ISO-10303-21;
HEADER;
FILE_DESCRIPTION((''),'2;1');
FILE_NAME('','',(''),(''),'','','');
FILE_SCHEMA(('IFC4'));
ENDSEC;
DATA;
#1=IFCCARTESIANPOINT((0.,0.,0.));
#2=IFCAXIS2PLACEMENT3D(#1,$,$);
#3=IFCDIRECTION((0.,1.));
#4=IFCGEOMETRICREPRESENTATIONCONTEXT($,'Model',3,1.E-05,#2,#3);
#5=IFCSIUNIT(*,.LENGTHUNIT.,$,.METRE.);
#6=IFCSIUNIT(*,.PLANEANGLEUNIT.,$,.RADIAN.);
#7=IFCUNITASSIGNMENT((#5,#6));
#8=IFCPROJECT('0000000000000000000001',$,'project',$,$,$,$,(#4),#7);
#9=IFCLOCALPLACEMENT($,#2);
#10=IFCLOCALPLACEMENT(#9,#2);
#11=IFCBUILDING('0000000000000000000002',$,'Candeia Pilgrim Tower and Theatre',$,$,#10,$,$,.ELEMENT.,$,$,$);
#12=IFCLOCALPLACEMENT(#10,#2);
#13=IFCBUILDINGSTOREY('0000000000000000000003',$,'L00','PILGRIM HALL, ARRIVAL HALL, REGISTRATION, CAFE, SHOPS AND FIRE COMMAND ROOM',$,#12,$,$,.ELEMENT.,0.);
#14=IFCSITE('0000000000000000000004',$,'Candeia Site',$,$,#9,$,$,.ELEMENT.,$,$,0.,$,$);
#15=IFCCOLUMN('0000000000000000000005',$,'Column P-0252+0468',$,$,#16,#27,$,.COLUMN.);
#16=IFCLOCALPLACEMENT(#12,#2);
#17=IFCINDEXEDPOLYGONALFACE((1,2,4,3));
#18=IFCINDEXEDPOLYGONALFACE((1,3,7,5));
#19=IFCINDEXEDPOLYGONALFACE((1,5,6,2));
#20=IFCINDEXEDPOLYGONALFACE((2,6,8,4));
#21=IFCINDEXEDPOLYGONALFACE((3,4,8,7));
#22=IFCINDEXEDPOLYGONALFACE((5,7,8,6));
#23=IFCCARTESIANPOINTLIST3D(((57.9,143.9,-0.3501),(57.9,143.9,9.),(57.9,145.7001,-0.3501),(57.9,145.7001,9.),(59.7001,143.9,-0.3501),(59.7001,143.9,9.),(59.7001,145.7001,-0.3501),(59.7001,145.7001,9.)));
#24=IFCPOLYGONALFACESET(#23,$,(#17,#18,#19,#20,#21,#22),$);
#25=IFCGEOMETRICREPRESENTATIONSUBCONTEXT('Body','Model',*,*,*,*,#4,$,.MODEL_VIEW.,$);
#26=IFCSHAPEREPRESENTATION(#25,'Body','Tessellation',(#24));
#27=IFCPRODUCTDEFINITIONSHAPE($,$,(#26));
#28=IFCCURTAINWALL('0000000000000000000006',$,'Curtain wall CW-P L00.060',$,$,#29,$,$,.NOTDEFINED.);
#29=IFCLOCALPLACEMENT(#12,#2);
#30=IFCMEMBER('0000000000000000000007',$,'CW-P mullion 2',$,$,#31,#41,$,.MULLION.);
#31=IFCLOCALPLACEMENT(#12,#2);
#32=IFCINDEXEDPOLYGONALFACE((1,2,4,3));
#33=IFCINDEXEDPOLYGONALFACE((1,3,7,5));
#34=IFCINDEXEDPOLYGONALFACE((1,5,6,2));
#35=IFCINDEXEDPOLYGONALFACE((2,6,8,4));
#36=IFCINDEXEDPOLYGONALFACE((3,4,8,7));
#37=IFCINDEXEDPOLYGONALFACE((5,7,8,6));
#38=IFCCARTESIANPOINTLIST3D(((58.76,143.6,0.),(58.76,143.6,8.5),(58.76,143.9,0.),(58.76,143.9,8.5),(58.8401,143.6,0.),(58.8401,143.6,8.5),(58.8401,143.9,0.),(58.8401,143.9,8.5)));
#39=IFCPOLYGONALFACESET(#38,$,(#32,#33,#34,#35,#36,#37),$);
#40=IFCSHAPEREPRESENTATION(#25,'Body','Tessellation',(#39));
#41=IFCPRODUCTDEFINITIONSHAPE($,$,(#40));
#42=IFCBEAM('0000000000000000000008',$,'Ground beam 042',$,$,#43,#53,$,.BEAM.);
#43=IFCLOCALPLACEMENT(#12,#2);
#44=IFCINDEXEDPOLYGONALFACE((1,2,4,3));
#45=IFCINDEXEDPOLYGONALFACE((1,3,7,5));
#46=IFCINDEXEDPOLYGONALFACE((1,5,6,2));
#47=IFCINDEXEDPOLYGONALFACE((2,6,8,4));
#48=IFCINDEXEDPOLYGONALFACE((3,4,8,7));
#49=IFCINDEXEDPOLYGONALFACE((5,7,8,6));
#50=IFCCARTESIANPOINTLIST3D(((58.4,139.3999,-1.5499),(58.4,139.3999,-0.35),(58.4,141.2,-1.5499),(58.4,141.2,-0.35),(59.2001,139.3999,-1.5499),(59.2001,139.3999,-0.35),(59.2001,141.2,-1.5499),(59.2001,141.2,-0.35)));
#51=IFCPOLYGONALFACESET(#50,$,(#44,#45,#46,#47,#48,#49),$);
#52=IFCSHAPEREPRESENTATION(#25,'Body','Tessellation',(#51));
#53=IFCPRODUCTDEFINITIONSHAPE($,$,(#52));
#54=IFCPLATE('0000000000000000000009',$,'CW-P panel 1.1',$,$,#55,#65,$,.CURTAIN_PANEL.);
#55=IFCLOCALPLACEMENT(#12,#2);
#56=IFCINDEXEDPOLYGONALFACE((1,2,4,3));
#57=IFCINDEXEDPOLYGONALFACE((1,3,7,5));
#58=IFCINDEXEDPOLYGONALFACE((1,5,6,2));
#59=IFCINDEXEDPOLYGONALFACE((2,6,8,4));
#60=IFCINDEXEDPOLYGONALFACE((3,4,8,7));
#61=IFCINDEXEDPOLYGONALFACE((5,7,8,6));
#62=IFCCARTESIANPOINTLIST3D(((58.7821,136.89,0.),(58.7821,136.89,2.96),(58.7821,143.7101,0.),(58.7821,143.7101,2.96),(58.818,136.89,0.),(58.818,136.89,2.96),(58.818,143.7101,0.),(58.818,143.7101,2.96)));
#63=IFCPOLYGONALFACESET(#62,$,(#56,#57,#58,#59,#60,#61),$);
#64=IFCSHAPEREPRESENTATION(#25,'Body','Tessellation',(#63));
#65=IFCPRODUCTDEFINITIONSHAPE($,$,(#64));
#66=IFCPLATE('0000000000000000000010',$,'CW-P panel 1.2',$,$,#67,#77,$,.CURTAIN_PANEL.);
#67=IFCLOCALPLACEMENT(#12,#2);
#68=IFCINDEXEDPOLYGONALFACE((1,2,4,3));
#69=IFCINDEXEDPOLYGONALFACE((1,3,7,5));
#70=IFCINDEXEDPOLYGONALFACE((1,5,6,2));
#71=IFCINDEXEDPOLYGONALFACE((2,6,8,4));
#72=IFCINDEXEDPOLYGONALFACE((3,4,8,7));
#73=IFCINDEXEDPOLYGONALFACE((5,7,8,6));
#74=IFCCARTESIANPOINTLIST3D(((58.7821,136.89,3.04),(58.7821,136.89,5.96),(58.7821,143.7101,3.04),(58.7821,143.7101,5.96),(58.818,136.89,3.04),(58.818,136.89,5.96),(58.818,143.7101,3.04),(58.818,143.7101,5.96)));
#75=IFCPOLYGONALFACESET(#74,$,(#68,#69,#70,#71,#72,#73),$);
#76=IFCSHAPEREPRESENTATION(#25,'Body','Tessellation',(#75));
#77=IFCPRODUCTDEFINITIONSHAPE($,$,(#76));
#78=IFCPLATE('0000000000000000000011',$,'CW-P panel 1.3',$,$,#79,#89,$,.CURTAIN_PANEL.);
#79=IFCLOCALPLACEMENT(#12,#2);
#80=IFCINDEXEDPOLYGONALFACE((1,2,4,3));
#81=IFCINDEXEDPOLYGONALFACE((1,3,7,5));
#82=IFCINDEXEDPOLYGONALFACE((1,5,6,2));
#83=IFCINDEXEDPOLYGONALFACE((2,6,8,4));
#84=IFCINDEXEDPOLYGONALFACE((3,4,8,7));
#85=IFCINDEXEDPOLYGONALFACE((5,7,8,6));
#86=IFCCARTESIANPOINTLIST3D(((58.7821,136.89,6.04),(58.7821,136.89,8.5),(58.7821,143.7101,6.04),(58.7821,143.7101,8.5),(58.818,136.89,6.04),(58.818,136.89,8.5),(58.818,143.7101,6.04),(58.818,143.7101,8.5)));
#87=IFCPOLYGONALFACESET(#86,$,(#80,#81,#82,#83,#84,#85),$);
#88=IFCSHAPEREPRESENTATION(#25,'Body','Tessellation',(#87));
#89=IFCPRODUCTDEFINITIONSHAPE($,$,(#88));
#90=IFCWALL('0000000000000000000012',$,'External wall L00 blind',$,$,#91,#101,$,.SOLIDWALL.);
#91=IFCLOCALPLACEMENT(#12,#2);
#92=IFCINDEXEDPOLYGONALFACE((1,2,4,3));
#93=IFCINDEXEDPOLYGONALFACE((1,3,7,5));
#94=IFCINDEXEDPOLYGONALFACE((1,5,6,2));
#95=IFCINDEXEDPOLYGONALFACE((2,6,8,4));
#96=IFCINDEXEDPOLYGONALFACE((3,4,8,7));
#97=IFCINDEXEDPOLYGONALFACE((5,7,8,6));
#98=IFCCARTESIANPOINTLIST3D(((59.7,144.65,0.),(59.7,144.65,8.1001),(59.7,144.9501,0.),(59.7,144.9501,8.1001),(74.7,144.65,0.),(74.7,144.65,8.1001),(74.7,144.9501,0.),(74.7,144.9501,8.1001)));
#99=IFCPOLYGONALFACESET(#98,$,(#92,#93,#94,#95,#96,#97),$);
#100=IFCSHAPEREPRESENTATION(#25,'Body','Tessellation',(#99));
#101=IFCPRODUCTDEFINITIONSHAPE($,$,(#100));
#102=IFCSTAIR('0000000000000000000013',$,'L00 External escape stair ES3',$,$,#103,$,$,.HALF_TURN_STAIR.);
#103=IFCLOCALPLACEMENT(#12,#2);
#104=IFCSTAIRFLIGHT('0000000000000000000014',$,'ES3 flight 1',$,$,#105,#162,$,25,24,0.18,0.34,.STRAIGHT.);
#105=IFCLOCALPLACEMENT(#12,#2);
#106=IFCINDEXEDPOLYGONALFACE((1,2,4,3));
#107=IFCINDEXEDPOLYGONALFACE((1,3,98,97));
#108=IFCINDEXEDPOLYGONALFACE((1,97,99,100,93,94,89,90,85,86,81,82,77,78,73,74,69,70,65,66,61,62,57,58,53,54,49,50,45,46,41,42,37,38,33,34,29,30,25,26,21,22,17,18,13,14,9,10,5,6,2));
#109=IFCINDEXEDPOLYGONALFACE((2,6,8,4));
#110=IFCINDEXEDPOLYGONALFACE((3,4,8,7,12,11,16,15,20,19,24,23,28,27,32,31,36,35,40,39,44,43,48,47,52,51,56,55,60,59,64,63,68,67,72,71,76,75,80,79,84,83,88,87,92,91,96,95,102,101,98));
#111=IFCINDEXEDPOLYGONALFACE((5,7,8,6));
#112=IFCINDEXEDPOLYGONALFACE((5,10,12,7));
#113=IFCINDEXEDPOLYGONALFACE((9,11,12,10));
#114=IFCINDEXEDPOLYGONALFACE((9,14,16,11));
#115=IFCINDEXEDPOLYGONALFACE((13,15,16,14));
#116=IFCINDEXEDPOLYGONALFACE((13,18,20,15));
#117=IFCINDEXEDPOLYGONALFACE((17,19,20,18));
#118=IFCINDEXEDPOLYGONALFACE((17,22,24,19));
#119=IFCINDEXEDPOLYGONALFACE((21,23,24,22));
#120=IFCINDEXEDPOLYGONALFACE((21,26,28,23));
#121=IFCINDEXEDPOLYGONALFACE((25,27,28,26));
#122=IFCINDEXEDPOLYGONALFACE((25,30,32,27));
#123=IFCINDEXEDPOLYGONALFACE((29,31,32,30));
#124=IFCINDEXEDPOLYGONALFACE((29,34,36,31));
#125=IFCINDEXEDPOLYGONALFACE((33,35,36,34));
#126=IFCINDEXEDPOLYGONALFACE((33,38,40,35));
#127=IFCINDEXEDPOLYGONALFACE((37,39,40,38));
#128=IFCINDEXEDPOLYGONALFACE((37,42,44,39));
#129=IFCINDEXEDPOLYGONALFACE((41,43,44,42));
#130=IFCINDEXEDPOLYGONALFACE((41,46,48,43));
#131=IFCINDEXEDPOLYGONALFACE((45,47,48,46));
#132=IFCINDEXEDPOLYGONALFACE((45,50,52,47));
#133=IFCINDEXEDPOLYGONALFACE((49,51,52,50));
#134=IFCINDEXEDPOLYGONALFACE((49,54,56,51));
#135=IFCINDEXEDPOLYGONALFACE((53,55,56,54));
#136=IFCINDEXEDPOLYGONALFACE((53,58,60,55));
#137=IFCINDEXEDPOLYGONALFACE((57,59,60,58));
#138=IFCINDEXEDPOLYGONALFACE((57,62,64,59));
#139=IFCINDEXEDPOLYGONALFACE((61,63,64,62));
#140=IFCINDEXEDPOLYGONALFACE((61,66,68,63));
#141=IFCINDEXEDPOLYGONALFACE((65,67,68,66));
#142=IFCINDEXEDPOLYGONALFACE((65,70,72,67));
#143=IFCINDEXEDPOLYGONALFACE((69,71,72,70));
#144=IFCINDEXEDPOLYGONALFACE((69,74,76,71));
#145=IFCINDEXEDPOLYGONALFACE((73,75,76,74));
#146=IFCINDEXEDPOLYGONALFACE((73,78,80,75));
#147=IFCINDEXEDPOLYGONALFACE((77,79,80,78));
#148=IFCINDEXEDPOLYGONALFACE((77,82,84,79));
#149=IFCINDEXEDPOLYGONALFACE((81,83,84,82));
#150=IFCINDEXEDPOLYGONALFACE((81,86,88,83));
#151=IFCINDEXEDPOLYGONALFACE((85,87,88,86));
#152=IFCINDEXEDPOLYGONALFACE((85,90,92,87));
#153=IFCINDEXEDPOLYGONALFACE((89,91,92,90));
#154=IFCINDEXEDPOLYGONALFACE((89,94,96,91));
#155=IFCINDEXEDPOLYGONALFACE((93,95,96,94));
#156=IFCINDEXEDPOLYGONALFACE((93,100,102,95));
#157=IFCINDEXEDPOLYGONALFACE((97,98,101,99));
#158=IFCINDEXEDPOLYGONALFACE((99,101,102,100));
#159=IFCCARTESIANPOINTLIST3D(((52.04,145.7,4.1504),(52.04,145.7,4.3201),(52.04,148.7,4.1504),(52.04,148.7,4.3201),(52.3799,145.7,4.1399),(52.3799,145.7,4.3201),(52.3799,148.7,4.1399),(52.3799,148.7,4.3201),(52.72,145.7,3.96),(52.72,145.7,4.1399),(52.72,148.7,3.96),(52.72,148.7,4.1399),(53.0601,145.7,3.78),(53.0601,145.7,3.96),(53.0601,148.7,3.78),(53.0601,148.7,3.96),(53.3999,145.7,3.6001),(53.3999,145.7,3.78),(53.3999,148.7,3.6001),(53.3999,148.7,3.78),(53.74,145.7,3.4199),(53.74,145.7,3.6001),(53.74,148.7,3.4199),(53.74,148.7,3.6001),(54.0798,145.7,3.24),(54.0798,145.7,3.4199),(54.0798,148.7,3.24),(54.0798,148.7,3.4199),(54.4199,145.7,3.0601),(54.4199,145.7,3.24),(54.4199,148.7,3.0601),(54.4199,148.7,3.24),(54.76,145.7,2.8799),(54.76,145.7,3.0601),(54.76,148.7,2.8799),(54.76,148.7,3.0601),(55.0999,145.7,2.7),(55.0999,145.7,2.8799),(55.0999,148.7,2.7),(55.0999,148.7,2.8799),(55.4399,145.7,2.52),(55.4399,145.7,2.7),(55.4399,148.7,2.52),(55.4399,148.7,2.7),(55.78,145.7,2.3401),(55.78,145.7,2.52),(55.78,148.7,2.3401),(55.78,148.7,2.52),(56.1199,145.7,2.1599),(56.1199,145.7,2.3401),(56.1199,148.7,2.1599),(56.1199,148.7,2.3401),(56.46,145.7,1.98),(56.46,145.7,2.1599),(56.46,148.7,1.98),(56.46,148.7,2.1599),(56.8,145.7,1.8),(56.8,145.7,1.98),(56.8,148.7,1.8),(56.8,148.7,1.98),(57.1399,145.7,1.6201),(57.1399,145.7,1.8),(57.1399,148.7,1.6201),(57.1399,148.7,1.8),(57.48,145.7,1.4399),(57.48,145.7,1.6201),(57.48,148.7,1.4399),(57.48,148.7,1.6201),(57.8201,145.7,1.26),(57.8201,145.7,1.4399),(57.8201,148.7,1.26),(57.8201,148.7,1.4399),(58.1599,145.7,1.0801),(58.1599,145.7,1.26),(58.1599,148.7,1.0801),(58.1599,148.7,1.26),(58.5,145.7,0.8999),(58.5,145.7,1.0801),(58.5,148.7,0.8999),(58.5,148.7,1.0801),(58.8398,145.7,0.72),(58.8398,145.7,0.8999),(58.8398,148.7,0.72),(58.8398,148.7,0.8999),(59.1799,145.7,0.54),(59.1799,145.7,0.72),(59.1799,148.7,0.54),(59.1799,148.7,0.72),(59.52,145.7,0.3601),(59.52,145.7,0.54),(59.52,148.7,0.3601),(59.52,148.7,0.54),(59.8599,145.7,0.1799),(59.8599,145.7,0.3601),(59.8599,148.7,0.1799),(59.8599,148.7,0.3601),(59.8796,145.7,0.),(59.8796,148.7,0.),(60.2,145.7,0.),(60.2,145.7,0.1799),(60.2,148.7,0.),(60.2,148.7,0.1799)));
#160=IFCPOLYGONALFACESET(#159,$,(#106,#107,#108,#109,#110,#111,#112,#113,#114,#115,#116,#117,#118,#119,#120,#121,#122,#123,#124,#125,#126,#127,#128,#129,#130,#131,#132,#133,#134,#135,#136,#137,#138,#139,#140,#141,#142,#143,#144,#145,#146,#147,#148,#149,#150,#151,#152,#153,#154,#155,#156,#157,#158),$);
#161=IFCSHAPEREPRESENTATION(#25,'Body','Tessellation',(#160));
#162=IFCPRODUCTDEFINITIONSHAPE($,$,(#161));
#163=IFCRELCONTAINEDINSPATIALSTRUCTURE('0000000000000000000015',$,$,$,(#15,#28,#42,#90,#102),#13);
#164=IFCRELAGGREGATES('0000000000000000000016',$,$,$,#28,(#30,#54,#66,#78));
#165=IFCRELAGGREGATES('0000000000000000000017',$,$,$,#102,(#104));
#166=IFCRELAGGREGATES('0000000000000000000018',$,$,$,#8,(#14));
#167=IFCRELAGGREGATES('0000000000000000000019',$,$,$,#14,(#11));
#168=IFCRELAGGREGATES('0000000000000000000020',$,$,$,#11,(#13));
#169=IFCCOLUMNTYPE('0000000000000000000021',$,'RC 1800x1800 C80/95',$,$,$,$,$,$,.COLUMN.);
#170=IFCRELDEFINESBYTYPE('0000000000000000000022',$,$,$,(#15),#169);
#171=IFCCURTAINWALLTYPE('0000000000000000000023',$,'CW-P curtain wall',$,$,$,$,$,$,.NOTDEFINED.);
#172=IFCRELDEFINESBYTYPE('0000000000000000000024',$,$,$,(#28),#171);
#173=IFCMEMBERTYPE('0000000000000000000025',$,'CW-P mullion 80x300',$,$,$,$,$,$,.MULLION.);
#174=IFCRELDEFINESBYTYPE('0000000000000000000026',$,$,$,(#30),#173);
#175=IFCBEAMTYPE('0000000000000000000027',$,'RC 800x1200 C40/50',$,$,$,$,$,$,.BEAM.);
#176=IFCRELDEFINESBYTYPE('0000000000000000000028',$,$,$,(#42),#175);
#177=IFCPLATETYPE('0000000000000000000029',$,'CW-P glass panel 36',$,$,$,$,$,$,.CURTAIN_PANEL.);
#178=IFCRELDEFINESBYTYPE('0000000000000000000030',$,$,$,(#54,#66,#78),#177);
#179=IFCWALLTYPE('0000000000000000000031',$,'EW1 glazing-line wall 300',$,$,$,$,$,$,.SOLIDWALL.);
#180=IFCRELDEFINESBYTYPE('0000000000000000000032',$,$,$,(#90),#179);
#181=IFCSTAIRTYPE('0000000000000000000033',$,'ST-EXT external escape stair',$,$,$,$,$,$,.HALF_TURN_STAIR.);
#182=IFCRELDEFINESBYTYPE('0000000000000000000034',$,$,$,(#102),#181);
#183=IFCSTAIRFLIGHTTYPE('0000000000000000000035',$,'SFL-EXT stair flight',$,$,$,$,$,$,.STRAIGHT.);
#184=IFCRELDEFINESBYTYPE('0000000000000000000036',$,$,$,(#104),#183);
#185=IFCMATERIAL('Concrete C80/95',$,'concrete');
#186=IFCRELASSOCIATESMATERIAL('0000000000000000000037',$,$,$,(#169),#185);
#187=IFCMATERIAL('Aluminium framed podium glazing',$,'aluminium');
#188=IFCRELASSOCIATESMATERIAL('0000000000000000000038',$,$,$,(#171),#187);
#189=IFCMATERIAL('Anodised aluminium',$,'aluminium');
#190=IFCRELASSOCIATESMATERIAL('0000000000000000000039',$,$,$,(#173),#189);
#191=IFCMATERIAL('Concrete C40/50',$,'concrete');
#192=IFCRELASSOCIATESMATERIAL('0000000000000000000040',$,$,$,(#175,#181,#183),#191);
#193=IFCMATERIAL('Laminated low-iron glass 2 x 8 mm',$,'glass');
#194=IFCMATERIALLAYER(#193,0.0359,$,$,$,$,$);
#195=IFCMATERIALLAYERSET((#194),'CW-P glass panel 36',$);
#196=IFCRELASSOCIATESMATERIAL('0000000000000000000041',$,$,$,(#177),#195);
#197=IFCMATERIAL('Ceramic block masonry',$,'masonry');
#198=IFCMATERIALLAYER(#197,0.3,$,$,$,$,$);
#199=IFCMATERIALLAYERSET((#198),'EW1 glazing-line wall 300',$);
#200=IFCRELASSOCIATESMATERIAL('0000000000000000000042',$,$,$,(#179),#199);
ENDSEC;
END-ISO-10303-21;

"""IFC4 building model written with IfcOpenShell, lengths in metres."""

from ifc_helpers import new_model, si_unit, direction, frame, frame_2d, origin, origin_2d, place, context, subcontext, project, spatial, polyline, rectangle, outline, extrude, material, layer, layer_set, material_profile, profile_set, type_object, element, aggregate, save


model = new_model("IFC4")

# Units and contexts
model_context = context("Model", 3, precision=1e-05, world=origin(), true_north=direction((0.0, 1.0)))
body_context = subcontext(model_context, "Body", "Model", "MODEL_VIEW")
ifc_project = project(units=[si_unit("LENGTHUNIT", "METRE"), si_unit("PLANEANGLEUNIT", "RADIAN")], contexts=[model_context])

# Site, building, storey
site_placement = place(None, origin())
site = spatial("IfcSite", under=ifc_project, at=site_placement, Name="Candeia Site", CompositionType="ELEMENT", RefElevation=0.0)
building_placement = place(site_placement, origin())
building = spatial("IfcBuilding", under=site, at=building_placement, Name="Candeia Pilgrim Tower and Theatre", CompositionType="ELEMENT")
storey_placement = place(building_placement, origin())
storey = spatial("IfcBuildingStorey", under=building, at=storey_placement, Name="L00", Description="PILGRIM HALL, ARRIVAL HALL, REGISTRATION, CAFE, SHOPS AND FIRE COMMAND ROOM", CompositionType="ELEMENT", Elevation=0.0)

# Shared definitions
ifc_material_1 = material(Name="Concrete C40/50", Category="concrete")

# Column
ifc_material_2 = material(Name="Concrete C80/95", Category="concrete")
ifc_material_profile_1 = material_profile(ifc_material_2, rectangle(XDim=1.8, YDim=1.8, at=origin_2d()))
ifc_profile_set_1 = profile_set([ifc_material_profile_1], Name="Concrete C80/95")
column_type_1 = type_object("IfcColumnType", Name="RC 1800x1800 C80/95", PredefinedType="COLUMN", material=ifc_profile_set_1)
column_1_placement = place(storey_placement, frame((58.8, 144.8, -0.3501), z_axis=(0.0, 0.0, 1.0), x_axis=(1.0, 0.0, 0.0)))
element("IfcColumn", 1, at=column_1_placement, inside=storey, type_object=column_type_1, Name="Column P-0252+0468", PredefinedType="COLUMN", context=body_context, shape_type="SweptSolid", body=[
    extrude(rectangle(XDim=1.8, YDim=1.8, at=origin_2d()), origin(), (0.0, 0.0, 1.0), 9.3501),
])

# Curtain wall, member
ifc_material_3 = material(Name="Aluminium framed podium glazing", Category="aluminium")
curtain_wall_type = type_object("IfcCurtainWallType", Name="CW-P curtain wall", PredefinedType="NOTDEFINED", material=ifc_material_3)
curtain_wall_placement = place(storey_placement, origin())
curtain_wall = element("IfcCurtainWall", 2, at=curtain_wall_placement, inside=storey, type_object=curtain_wall_type, Name="Curtain wall CW-P L00.060", PredefinedType="NOTDEFINED")
ifc_material_4 = material(Name="Anodised aluminium", Category="aluminium")
ifc_material_profile_2 = material_profile(ifc_material_4, rectangle(XDim=0.0801, YDim=0.3, at=origin_2d()))
ifc_profile_set_2 = profile_set([ifc_material_profile_2], Name="Anodised aluminium")
member_type = type_object("IfcMemberType", Name="CW-P mullion 80x300", PredefinedType="MULLION", material=ifc_profile_set_2)
member_placement = place(storey_placement, frame((58.8, 143.75, 0.0), z_axis=(0.0, 0.0, 1.0), x_axis=(-1.0, 0.0, 0.0)))
member = element("IfcMember", 3, at=member_placement, type_object=member_type, Name="CW-P mullion 2", PredefinedType="MULLION", context=body_context, shape_type="SweptSolid", body=[
    extrude(rectangle(XDim=0.0801, YDim=0.3, at=origin_2d()), origin(), (0.0, 0.0, 1.0), 8.5),
])

# Beam
ifc_material_profile_3 = material_profile(ifc_material_1, rectangle(XDim=0.8, YDim=1.2, at=origin_2d()))
ifc_profile_set_3 = profile_set([ifc_material_profile_3], Name="Concrete C40/50")
beam_type = type_object("IfcBeamType", Name="RC 800x1200 C40/50", PredefinedType="BEAM", material=ifc_profile_set_3)
beam_placement = place(storey_placement, frame((58.8, 139.3999, -0.95), z_axis=(0.0, 1.0, 0.0), x_axis=(-1.0, 0.0, 0.0)))
element("IfcBeam", 4, at=beam_placement, inside=storey, type_object=beam_type, Name="Ground beam 042", PredefinedType="BEAM", context=body_context, shape_type="SweptSolid", body=[
    extrude(rectangle(XDim=0.8, YDim=1.2, at=origin_2d()), origin(), (0.0, 0.0, 1.0), 1.8),
])

# Plates
ifc_material_5 = material(Name="Laminated low-iron glass 2 x 8 mm", Category="glass")
ifc_layer_1 = layer(ifc_material_5, 0.0359)
ifc_layer_set_1 = layer_set([ifc_layer_1], Name="CW-P glass panel 36")
plate_type = type_object("IfcPlateType", Name="CW-P glass panel 36", PredefinedType="CURTAIN_PANEL", material=ifc_layer_set_1)
plate_1_placement = place(storey_placement, frame((58.8, 140.3, 0.0), z_axis=(0.0, 0.0, 1.0), x_axis=(0.0, 1.0, 0.0)))
plate_1 = element("IfcPlate", 5, at=plate_1_placement, type_object=plate_type, Name="CW-P panel 1.1", PredefinedType="CURTAIN_PANEL", context=body_context, shape_type="SweptSolid", body=[
    extrude(rectangle(XDim=6.8201, YDim=0.0359, at=origin_2d()), origin(), (0.0, 0.0, 1.0), 2.96),
])
plate_2_placement = place(storey_placement, frame((58.8, 140.3, 3.04), z_axis=(0.0, 0.0, 1.0), x_axis=(0.0, 1.0, 0.0)))
plate_2 = element("IfcPlate", 6, at=plate_2_placement, type_object=plate_type, Name="CW-P panel 1.2", PredefinedType="CURTAIN_PANEL", context=body_context, shape_type="SweptSolid", body=[
    extrude(rectangle(XDim=6.8201, YDim=0.0359, at=origin_2d()), origin(), (0.0, 0.0, 1.0), 2.9199),
])
plate_3_placement = place(storey_placement, frame((58.8, 140.3, 6.04), z_axis=(0.0, 0.0, 1.0), x_axis=(0.0, 1.0, 0.0)))
plate_3 = element("IfcPlate", 7, at=plate_3_placement, type_object=plate_type, Name="CW-P panel 1.3", PredefinedType="CURTAIN_PANEL", context=body_context, shape_type="SweptSolid", body=[
    extrude(rectangle(XDim=6.8201, YDim=0.0359, at=origin_2d()), origin(), (0.0, 0.0, 1.0), 2.46),
])
aggregate(curtain_wall, [member, plate_1, plate_2, plate_3])

# Wall
ifc_material_6 = material(Name="Ceramic block masonry", Category="masonry")
ifc_layer_2 = layer(ifc_material_6, 0.3)
ifc_layer_set_2 = layer_set([ifc_layer_2], Name="EW1 glazing-line wall 300")
wall_type_1 = type_object("IfcWallType", Name="EW1 glazing-line wall 300", PredefinedType="SOLIDWALL", material=ifc_layer_set_2)
wall_1_placement = place(storey_placement, frame((59.7, 144.8, 0.0), z_axis=(0.0, 0.0, 1.0), x_axis=(1.0, 0.0, 0.0)))
element("IfcWall", 8, at=wall_1_placement, inside=storey, type_object=wall_type_1, Name="External wall L00 blind", PredefinedType="SOLIDWALL", context=body_context, shape_type="SweptSolid", body=[
    extrude(rectangle(XDim=15.0, YDim=0.3, at=frame_2d((7.5, 0.0))), origin(), (0.0, 0.0, 1.0), 8.1001),
])

# Stair, stair flight
stair_type = type_object("IfcStairType", Name="ST-EXT external escape stair", PredefinedType="HALF_TURN_STAIR", material=ifc_material_1)
stair_placement = place(storey_placement, origin())
stair = element("IfcStair", 9, at=stair_placement, inside=storey, type_object=stair_type, Name="L00 External escape stair ES3", PredefinedType="HALF_TURN_STAIR")
stair_flight_type = type_object("IfcStairFlightType", Name="SFL-EXT stair flight", PredefinedType="STRAIGHT", material=ifc_material_1)
stair_flight_1_placement = place(storey_placement, frame((60.2, 147.2, 0.0), z_axis=(0.0, 0.0, 1.0), x_axis=(-1.0, 0.0, 0.0)))
stair_flight_1 = element("IfcStairFlight", 10, at=stair_flight_1_placement, type_object=stair_flight_type, Name="ES3 flight 1", NumberOfRisers=25, NumberOfTreads=24, PredefinedType="STRAIGHT", RiserHeight=0.18, TreadLength=0.34, context=body_context, shape_type="SweptSolid", body=[
    extrude(outline(polyline([(0.0, 0.0), (0.0, 0.1799), (0.3401, 0.1799), (0.3401, 0.3601), (0.6799, 0.3601), (0.6799, 0.54), (1.02, 0.54), (1.02, 0.72), (1.3601, 0.72), (1.3601, 0.8999), (1.7, 0.8999), (1.7, 1.0801), (2.04, 1.0801), (2.04, 1.26), (2.3799, 1.26), (2.3799, 1.4399), (2.72, 1.4399), (2.72, 1.6201), (3.0601, 1.6201), (3.0601, 1.8), (3.3999, 1.8), (3.3999, 1.98), (3.74, 1.98), (3.74, 2.1599), (4.0801, 2.1599), (4.0801, 2.3401), (4.4199, 2.3401), (4.4199, 2.52), (4.76, 2.52), (4.76, 2.7), (5.1001, 2.7), (5.1001, 2.8799), (5.4399, 2.8799), (5.4399, 3.0601), (5.78, 3.0601), (5.78, 3.24), (6.1201, 3.24), (6.1201, 3.4199), (6.46, 3.4199), (6.46, 3.6001), (6.8, 3.6001), (6.8, 3.78), (7.1399, 3.78), (7.1399, 3.96), (7.48, 3.96), (7.48, 4.1399), (7.8201, 4.1399), (7.8201, 4.3201), (8.1599, 4.3201), (8.1599, 4.5), (8.1599, 4.1504), (0.3203, 0.0), (0.0, 0.0)])), frame((0.0, 1.5, 0.0), z_axis=(0.0, -1.0, 0.0), x_axis=(1.0, 0.0, 0.0)), (0.0, 0.0, 1.0), 3.0),
])
aggregate(stair, [stair_flight_1])

save(model, "model.ifc")
